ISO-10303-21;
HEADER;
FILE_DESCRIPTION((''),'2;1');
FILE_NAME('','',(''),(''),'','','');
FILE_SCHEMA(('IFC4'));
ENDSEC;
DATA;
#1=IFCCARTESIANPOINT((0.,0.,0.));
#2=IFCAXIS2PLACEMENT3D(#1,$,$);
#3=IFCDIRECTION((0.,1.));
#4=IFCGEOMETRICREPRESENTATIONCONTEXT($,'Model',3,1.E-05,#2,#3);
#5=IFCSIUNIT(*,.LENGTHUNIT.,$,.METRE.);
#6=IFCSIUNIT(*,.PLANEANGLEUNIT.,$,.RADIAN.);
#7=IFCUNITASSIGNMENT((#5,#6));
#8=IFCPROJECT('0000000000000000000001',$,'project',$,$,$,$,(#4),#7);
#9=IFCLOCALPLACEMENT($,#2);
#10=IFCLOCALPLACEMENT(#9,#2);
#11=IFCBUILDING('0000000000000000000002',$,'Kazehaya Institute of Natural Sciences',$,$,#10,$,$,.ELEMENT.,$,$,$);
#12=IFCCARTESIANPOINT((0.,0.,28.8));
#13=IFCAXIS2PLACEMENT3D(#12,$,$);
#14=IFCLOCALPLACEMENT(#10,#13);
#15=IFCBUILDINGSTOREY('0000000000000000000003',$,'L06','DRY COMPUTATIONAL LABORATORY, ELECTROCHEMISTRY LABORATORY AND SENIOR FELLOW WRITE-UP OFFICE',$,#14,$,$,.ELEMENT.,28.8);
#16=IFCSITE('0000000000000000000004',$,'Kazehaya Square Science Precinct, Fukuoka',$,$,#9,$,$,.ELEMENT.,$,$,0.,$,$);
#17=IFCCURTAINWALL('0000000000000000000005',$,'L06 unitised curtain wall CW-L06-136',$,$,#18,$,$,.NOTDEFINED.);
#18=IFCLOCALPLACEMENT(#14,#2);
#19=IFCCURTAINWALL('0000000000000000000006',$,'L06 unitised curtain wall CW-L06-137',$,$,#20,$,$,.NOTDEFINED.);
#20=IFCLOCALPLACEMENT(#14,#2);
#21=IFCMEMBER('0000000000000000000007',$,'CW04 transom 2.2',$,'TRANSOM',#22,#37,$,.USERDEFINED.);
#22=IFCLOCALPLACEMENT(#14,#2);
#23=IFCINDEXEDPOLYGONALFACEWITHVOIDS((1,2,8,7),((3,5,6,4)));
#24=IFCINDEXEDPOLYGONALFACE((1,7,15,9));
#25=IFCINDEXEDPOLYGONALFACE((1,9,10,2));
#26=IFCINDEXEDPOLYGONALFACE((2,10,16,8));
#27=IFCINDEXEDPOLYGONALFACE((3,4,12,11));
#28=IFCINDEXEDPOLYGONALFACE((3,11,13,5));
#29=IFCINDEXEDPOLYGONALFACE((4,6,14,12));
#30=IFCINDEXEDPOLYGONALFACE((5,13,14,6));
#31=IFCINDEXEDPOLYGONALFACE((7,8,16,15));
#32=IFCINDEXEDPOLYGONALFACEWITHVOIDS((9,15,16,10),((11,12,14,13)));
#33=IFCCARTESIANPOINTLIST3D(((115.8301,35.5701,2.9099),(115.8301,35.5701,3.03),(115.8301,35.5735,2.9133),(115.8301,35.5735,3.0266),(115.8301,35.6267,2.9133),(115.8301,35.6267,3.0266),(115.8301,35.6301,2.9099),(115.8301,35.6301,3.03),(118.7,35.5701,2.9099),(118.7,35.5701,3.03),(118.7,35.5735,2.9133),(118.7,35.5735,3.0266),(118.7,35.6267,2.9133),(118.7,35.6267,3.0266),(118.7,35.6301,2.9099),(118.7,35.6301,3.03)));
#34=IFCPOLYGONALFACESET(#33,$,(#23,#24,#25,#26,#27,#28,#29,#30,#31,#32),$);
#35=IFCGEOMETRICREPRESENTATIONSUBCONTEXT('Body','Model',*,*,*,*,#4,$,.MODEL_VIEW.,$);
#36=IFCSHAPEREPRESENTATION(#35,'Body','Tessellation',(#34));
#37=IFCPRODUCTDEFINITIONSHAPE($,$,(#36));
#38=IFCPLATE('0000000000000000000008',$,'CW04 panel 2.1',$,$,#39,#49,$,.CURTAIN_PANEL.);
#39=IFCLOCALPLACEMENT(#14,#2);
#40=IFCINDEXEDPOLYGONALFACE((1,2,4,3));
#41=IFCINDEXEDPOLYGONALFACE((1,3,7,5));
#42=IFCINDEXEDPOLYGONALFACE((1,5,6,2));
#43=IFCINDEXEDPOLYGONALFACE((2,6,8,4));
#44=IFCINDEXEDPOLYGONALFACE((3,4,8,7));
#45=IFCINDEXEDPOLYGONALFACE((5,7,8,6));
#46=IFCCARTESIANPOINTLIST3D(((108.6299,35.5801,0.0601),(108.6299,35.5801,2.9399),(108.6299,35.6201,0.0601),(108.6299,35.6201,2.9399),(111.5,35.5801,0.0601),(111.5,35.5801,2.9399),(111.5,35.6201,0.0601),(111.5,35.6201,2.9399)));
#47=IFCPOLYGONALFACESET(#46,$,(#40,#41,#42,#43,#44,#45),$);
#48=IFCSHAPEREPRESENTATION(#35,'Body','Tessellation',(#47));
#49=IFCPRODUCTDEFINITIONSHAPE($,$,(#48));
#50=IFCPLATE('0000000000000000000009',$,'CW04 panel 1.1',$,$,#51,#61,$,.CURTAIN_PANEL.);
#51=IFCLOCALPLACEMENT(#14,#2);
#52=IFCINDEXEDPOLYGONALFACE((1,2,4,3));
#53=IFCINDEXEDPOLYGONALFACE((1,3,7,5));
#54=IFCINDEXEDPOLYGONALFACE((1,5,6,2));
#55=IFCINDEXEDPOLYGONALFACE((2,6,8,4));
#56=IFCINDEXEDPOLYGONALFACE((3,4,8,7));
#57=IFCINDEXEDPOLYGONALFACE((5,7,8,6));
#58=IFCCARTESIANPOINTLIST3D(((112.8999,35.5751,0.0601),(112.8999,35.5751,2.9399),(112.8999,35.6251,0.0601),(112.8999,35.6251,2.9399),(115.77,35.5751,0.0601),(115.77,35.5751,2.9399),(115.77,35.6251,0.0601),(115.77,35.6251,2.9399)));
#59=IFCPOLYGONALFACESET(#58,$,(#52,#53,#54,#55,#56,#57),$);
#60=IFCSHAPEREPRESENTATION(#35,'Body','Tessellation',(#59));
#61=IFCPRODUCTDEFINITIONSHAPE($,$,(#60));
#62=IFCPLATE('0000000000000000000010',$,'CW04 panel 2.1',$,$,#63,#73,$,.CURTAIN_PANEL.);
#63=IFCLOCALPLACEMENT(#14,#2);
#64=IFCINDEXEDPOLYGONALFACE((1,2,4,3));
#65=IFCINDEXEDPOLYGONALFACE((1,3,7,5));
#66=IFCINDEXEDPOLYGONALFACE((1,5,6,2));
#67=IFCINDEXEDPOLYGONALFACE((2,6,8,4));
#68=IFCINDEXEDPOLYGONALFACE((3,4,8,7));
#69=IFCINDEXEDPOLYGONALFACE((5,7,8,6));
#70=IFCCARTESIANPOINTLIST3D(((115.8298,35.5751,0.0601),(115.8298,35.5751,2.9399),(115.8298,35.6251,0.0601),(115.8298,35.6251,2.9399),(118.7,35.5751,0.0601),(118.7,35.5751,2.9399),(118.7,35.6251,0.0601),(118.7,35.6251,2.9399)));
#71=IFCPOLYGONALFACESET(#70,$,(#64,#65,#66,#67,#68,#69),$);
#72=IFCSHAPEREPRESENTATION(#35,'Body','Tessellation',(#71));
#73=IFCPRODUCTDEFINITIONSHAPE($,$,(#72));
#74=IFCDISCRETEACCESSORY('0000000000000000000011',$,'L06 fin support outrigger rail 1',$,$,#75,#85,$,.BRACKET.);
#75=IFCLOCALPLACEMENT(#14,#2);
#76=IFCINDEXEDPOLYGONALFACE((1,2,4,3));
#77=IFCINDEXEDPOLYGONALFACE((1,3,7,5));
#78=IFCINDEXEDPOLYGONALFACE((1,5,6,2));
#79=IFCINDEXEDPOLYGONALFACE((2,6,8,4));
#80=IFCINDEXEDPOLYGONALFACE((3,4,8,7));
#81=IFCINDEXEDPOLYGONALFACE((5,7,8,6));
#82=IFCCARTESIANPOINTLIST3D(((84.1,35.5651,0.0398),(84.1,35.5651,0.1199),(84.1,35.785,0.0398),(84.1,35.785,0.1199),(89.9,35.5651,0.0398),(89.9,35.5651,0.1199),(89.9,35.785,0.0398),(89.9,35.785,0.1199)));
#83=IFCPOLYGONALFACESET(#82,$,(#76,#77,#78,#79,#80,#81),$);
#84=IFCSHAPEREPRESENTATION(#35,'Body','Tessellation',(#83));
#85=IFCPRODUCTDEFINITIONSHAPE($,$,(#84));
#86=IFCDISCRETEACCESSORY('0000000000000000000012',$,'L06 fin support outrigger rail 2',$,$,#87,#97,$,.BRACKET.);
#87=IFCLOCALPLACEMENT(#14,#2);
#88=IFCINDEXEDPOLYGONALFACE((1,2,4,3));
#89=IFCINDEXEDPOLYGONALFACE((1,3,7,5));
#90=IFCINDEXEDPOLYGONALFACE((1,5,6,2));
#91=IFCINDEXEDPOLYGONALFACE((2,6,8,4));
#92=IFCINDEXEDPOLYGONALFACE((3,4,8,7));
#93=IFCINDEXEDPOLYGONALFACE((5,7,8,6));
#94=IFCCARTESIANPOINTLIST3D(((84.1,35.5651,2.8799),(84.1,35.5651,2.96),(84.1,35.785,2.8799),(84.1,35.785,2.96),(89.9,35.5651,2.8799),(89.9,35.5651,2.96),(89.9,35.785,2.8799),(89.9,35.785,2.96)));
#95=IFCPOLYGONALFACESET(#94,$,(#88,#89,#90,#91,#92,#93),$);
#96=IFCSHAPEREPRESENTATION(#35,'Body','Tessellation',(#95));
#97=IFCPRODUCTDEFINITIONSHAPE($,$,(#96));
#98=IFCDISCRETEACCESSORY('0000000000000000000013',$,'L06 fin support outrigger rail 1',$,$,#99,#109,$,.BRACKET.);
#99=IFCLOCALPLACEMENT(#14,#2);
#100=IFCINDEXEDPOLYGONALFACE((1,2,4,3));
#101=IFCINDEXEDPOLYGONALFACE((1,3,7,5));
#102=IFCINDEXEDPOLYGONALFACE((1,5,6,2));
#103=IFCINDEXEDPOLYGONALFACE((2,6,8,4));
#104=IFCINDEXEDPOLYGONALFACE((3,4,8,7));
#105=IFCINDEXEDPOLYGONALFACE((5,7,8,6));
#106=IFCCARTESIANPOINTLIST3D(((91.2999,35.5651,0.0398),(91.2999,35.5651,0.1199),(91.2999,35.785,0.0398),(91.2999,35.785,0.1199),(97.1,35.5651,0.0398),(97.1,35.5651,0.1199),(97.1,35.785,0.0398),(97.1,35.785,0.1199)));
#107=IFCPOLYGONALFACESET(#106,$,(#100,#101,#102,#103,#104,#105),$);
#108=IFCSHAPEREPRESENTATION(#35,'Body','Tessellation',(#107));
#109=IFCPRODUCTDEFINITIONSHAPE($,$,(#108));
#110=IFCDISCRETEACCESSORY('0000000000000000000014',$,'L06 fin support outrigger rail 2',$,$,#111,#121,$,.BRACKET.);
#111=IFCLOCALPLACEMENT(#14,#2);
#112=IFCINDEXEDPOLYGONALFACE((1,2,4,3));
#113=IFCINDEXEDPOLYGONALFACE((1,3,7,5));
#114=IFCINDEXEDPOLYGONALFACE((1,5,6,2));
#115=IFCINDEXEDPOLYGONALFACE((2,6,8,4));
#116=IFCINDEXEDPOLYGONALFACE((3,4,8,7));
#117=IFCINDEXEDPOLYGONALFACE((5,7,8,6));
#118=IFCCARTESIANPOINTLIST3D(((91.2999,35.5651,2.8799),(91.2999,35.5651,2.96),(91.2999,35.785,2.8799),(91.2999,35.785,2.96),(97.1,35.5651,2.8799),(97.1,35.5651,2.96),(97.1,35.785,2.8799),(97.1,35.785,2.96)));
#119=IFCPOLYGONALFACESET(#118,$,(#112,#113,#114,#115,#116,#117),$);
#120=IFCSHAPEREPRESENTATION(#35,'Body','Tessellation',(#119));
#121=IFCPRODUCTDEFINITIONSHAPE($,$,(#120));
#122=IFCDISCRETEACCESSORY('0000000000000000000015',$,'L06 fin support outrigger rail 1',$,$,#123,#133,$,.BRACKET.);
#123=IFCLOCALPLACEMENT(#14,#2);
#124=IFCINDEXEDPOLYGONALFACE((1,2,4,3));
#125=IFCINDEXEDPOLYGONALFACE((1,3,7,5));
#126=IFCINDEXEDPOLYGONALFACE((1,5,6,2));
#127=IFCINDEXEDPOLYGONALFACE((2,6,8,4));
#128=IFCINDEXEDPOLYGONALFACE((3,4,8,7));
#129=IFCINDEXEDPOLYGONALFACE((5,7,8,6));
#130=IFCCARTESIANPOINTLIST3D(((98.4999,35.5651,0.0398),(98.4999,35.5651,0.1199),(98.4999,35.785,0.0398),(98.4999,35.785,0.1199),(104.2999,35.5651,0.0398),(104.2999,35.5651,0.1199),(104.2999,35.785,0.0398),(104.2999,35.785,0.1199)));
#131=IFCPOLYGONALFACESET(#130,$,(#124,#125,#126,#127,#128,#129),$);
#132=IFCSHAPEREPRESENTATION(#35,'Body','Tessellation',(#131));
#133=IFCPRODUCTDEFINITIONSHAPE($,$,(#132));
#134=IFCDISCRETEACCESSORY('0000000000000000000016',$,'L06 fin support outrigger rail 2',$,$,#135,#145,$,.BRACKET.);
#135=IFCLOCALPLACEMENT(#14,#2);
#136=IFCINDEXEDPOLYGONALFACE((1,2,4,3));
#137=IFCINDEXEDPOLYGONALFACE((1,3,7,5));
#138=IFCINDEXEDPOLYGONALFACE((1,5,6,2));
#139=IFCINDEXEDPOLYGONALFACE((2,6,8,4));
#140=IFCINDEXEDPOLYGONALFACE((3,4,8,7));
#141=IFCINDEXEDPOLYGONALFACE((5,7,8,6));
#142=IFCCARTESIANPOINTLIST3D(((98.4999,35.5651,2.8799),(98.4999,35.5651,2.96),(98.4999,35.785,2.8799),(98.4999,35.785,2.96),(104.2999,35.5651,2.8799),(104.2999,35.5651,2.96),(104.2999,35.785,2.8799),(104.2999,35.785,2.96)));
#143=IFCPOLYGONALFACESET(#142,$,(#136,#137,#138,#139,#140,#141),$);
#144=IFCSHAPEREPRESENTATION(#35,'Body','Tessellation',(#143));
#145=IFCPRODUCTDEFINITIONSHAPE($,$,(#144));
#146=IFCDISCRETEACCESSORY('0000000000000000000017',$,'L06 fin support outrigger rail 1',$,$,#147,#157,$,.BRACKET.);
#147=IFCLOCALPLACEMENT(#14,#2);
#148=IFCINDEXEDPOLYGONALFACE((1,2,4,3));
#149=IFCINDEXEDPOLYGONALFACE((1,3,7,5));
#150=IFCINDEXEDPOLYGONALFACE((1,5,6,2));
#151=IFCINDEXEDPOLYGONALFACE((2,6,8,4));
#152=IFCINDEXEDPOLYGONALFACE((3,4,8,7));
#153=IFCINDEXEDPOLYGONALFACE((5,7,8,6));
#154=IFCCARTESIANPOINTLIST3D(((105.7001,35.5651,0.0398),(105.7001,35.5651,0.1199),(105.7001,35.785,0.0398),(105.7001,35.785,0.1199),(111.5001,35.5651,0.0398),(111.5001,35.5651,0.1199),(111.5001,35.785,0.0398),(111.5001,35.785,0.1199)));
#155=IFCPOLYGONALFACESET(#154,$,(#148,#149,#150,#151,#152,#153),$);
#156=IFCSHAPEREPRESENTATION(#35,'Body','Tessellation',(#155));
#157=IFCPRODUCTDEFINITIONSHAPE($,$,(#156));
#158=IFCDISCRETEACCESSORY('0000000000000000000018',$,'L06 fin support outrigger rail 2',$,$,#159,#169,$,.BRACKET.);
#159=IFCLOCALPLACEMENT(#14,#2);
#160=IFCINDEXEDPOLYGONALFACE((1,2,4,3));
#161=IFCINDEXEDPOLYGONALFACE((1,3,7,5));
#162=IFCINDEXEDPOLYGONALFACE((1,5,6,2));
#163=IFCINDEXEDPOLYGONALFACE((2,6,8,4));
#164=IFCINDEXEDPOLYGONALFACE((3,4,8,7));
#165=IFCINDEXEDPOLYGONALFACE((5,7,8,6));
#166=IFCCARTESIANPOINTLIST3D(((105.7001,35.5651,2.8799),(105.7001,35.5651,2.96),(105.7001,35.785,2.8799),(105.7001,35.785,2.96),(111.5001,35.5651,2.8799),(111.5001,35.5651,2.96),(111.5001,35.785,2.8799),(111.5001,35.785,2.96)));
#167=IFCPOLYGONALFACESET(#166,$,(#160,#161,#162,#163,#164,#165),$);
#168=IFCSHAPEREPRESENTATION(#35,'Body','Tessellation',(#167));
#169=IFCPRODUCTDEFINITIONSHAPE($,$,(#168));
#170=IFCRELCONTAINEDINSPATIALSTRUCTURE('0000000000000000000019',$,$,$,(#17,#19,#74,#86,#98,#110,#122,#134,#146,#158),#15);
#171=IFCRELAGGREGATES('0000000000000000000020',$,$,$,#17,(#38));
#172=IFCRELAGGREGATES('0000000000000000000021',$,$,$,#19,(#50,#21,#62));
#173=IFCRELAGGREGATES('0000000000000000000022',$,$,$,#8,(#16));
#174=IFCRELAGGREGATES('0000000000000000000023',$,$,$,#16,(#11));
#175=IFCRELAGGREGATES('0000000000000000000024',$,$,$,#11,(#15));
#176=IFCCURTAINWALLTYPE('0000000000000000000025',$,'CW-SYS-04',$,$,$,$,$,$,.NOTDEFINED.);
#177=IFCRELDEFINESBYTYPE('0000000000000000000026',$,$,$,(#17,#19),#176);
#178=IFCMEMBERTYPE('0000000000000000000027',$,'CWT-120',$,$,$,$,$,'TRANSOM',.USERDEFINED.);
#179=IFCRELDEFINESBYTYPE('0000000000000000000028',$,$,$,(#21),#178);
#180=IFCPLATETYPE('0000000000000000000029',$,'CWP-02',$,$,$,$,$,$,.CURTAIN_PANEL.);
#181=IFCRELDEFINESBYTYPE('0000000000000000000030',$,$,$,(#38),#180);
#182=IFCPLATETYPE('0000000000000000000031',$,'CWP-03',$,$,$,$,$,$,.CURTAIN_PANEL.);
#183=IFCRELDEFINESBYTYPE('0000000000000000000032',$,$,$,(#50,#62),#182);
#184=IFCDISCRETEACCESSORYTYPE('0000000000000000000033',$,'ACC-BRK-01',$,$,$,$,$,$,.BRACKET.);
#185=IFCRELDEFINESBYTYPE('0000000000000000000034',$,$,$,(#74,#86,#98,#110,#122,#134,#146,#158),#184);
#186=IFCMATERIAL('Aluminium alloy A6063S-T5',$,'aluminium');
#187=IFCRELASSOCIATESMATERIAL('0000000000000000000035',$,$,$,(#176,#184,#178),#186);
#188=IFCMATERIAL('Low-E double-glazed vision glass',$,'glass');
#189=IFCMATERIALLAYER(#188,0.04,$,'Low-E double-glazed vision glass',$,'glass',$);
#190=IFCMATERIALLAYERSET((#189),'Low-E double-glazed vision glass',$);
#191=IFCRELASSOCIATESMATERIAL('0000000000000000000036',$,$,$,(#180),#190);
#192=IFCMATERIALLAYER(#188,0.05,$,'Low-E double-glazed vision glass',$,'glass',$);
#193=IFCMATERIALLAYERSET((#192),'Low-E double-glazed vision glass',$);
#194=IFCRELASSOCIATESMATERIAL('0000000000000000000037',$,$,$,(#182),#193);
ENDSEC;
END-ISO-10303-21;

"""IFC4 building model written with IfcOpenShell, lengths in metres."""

from ifc_helpers import new_model, si_unit, direction, frame, origin, origin_2d, place, context, subcontext, project, spatial, rectangle, hollow_rectangle, extrude, material, layer, layer_set, material_profile, profile_set, type_object, element, aggregate, save


model = new_model("IFC4")

# Units and contexts
model_context = context("Model", 3, precision=1e-05, world=origin(), true_north=direction((0.0, 1.0)))
body_context = subcontext(model_context, "Body", "Model", "MODEL_VIEW")
ifc_project = project(units=[si_unit("LENGTHUNIT", "METRE"), si_unit("PLANEANGLEUNIT", "RADIAN")], contexts=[model_context])

# Site, building, storey
site_placement = place(None, origin())
site = spatial("IfcSite", under=ifc_project, at=site_placement, Name="Kazehaya Square Science Precinct, Fukuoka", CompositionType="ELEMENT", RefElevation=0.0)
building_placement = place(site_placement, origin())
building = spatial("IfcBuilding", under=site, at=building_placement, Name="Kazehaya Institute of Natural Sciences", CompositionType="ELEMENT")
storey_placement = place(building_placement, frame((0.0, 0.0, 28.8)))
storey = spatial("IfcBuildingStorey", under=building, at=storey_placement, Name="L06", Description="DRY COMPUTATIONAL LABORATORY, ELECTROCHEMISTRY LABORATORY AND SENIOR FELLOW WRITE-UP OFFICE", CompositionType="ELEMENT", Elevation=28.8)

# Curtain wall
ifc_material_1 = material(Name="Aluminium alloy A6063S-T5", Category="aluminium")
curtain_wall_type = type_object("IfcCurtainWallType", Name="CW-SYS-04", PredefinedType="NOTDEFINED", material=ifc_material_1)
curtain_wall_1_placement = place(storey_placement, origin())
curtain_wall_1 = element("IfcCurtainWall", 1, at=curtain_wall_1_placement, inside=storey, type_object=curtain_wall_type, Name="L06 unitised curtain wall CW-L06-136", PredefinedType="NOTDEFINED")

# Curtain wall
curtain_wall_2_placement = place(storey_placement, origin())
curtain_wall_2 = element("IfcCurtainWall", 2, at=curtain_wall_2_placement, inside=storey, type_object=curtain_wall_type, Name="L06 unitised curtain wall CW-L06-137", PredefinedType="NOTDEFINED")

# Member
ifc_material_profile_1 = material_profile(ifc_material_1, hollow_rectangle(XDim=0.0601, YDim=0.1201, WallThickness=0.0034, at=origin_2d()), Name="ALU-60x120x3.5")
ifc_profile_set_1 = profile_set([ifc_material_profile_1], Name="Aluminium alloy A6063S-T5")
member_type_1 = type_object("IfcMemberType", Name="CWT-120", ElementType="TRANSOM", PredefinedType="USERDEFINED", material=ifc_profile_set_1)
member_1_placement = place(storey_placement, frame((115.8301, 35.6001, 2.97), z_axis=(1.0, 0.0, 0.0), x_axis=(0.0, 1.0, 0.0)))
member_1 = element("IfcMember", 3, at=member_1_placement, type_object=member_type_1, Name="CW04 transom 2.2", ObjectType="TRANSOM", PredefinedType="USERDEFINED", context=body_context, shape_type="SweptSolid", body=[
    extrude(hollow_rectangle(XDim=0.0601, YDim=0.1201, WallThickness=0.0034, at=origin_2d()), origin(), (0.0, 0.0, 1.0), 2.8699),
])

# Plates
ifc_material_2 = material(Name="Low-E double-glazed vision glass", Category="glass")
ifc_layer_1 = layer(ifc_material_2, 0.04, Name="Low-E double-glazed vision glass", Category="glass")
ifc_layer_set_1 = layer_set([ifc_layer_1], Name="Low-E double-glazed vision glass")
plate_type_1 = type_object("IfcPlateType", Name="CWP-02", PredefinedType="CURTAIN_PANEL", material=ifc_layer_set_1)
plate_1_placement = place(storey_placement, frame((110.0649, 35.6001, 0.0601), z_axis=(0.0, 0.0, 1.0), x_axis=(1.0, 0.0, 0.0)))
plate_1 = element("IfcPlate", 4, at=plate_1_placement, type_object=plate_type_1, Name="CW04 panel 2.1", PredefinedType="CURTAIN_PANEL", context=body_context, shape_type="SweptSolid", body=[
    extrude(rectangle(XDim=2.8701, YDim=0.04, at=origin_2d()), origin(), (0.0, 0.0, 1.0), 2.8799),
])
aggregate(curtain_wall_1, [plate_1])
ifc_layer_2 = layer(ifc_material_2, 0.05, Name="Low-E double-glazed vision glass", Category="glass")
ifc_layer_set_2 = layer_set([ifc_layer_2], Name="Low-E double-glazed vision glass")
plate_type_2 = type_object("IfcPlateType", Name="CWP-03", PredefinedType="CURTAIN_PANEL", material=ifc_layer_set_2)
plate_2_placement = place(storey_placement, frame((114.335, 35.6001, 0.0601), z_axis=(0.0, 0.0, 1.0), x_axis=(1.0, 0.0, 0.0)))
plate_2 = element("IfcPlate", 5, at=plate_2_placement, type_object=plate_type_2, Name="CW04 panel 1.1", PredefinedType="CURTAIN_PANEL", context=body_context, shape_type="SweptSolid", body=[
    extrude(rectangle(XDim=2.8701, YDim=0.05, at=origin_2d()), origin(), (0.0, 0.0, 1.0), 2.8799),
])
plate_3_placement = place(storey_placement, frame((117.2649, 35.6001, 0.0601), z_axis=(0.0, 0.0, 1.0), x_axis=(1.0, 0.0, 0.0)))
plate_3 = element("IfcPlate", 6, at=plate_3_placement, type_object=plate_type_2, Name="CW04 panel 2.1", PredefinedType="CURTAIN_PANEL", context=body_context, shape_type="SweptSolid", body=[
    extrude(rectangle(XDim=2.8701, YDim=0.05, at=origin_2d()), origin(), (0.0, 0.0, 1.0), 2.8799),
])
aggregate(curtain_wall_2, [plate_2, member_1, plate_3])

# Discrete accessories
discrete_accessory_type = type_object("IfcDiscreteAccessoryType", Name="ACC-BRK-01", PredefinedType="BRACKET", material=ifc_material_1)
for number, where, z_axis, x_axis, name in (
    (7, (87.0, 35.675, 0.0398), (0.0, 0.0, 1.0), (1.0, 0.0, 0.0), "L06 fin support outrigger rail 1"),
    (8, (87.0, 35.675, 2.8799), (0.0, 0.0, 1.0), (1.0, 0.0, 0.0), "L06 fin support outrigger rail 2"),
    (9, (94.2, 35.675, 0.0398), (0.0, 0.0, 1.0), (1.0, 0.0, 0.0), "L06 fin support outrigger rail 1"),
    (10, (94.2, 35.675, 2.8799), (0.0, 0.0, 1.0), (1.0, 0.0, 0.0), "L06 fin support outrigger rail 2"),
    (11, (101.3999, 35.675, 0.0398), (0.0, 0.0, 1.0), (1.0, 0.0, 0.0), "L06 fin support outrigger rail 1"),
    (12, (101.3999, 35.675, 2.8799), (0.0, 0.0, 1.0), (1.0, 0.0, 0.0), "L06 fin support outrigger rail 2"),
    (13, (108.6001, 35.675, 0.0398), (0.0, 0.0, 1.0), (1.0, 0.0, 0.0), "L06 fin support outrigger rail 1"),
    (14, (108.6001, 35.675, 2.8799), (0.0, 0.0, 1.0), (1.0, 0.0, 0.0), "L06 fin support outrigger rail 2"),
):
    element("IfcDiscreteAccessory", number, at=place(storey_placement, frame(where, z_axis=z_axis, x_axis=x_axis)), inside=storey, type_object=discrete_accessory_type, Name=name, PredefinedType="BRACKET", context=body_context, shape_type="SweptSolid", body=[
        extrude(rectangle(XDim=5.8, YDim=0.22, at=origin_2d()), origin(), (0.0, 0.0, 1.0), 0.0801),
    ])

save(model, "model.ifc")
